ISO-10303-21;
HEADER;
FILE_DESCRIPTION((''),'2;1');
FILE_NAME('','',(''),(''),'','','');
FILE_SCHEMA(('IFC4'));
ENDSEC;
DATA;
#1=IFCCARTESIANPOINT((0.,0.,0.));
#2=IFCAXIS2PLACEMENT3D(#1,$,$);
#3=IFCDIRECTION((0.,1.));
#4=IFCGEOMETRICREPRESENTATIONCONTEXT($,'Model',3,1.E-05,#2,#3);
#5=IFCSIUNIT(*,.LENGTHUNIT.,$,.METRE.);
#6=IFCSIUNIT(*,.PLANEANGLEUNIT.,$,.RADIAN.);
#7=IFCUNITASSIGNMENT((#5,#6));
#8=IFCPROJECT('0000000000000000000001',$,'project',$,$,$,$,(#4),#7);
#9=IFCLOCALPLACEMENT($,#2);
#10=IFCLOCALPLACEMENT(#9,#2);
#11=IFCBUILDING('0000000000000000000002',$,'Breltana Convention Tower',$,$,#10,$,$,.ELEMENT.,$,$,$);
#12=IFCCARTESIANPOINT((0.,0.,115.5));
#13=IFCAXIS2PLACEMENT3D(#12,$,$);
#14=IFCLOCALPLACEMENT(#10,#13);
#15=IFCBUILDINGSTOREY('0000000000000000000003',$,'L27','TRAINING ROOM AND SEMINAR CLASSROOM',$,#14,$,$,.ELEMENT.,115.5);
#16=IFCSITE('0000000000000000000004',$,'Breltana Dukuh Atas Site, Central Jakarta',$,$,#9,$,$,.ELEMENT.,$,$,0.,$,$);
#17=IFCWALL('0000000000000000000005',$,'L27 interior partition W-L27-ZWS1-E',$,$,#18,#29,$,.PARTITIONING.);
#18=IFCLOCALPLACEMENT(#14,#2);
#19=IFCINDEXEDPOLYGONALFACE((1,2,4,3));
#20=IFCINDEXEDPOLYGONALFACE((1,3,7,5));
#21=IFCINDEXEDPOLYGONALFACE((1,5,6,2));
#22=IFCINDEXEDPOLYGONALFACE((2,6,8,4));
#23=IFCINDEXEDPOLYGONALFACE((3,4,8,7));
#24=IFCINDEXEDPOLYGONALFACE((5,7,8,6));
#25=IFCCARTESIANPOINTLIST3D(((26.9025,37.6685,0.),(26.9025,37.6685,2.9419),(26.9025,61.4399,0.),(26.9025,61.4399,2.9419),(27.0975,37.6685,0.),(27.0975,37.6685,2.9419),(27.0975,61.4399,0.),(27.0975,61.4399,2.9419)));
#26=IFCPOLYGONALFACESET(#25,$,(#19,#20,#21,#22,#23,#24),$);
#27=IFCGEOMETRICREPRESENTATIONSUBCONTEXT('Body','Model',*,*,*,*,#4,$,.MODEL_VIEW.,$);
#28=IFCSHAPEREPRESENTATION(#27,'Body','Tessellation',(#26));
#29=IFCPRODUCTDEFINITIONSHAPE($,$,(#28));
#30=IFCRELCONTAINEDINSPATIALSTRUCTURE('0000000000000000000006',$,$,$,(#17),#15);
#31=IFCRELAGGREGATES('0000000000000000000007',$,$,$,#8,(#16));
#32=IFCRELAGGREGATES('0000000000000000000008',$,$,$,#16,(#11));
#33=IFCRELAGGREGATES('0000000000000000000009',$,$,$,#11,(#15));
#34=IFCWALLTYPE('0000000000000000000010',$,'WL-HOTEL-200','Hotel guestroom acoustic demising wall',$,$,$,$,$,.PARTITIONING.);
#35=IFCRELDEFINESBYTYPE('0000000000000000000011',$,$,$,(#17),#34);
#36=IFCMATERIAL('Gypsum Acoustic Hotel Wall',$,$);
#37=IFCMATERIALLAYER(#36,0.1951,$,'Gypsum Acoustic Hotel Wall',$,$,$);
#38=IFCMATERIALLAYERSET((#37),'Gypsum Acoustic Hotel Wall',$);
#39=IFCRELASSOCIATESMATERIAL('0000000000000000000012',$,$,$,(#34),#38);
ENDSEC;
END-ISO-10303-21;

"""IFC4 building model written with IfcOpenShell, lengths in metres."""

from ifc_helpers import new_model, si_unit, direction, frame, frame_2d, origin, place, context, subcontext, project, spatial, rectangle, extrude, source, transform, mapped, material, layer, layer_set, type_object, element, save


model = new_model("IFC4")

# Units and contexts
model_context = context("Model", 3, precision=1e-05, world=origin(), true_north=direction((0.0, 1.0)))
body_context = subcontext(model_context, "Body", "Model", "MODEL_VIEW")
ifc_project = project(units=[si_unit("LENGTHUNIT", "METRE"), si_unit("PLANEANGLEUNIT", "RADIAN")], contexts=[model_context])

# Site, building, storey
site_placement = place(None, origin())
site = spatial("IfcSite", under=ifc_project, at=site_placement, Name="Breltana Dukuh Atas Site, Central Jakarta", CompositionType="ELEMENT", RefElevation=0.0)
building_placement = place(site_placement, origin())
building = spatial("IfcBuilding", under=site, at=building_placement, Name="Breltana Convention Tower", CompositionType="ELEMENT")
storey_placement = place(building_placement, frame((0.0, 0.0, 115.5)))
storey = spatial("IfcBuildingStorey", under=building, at=storey_placement, Name="L27", Description="TRAINING ROOM AND SEMINAR CLASSROOM", CompositionType="ELEMENT", Elevation=115.5)

# Wall
ifc_material_1 = material(Name="Gypsum Acoustic Hotel Wall")
ifc_layer_1 = layer(ifc_material_1, 0.1951, Name="Gypsum Acoustic Hotel Wall")
ifc_layer_set_1 = layer_set([ifc_layer_1], Name="Gypsum Acoustic Hotel Wall")
wall_type_1 = type_object("IfcWallType", Name="WL-HOTEL-200", Description="Hotel guestroom acoustic demising wall", PredefinedType="PARTITIONING", material=ifc_layer_set_1)
shared_shape_1 = source(origin(), body_context, "Body", "SweptSolid", [
    extrude(rectangle(XDim=23.7715, YDim=0.1951, at=frame_2d((11.8857, 0.0))), origin(), (0.0, 0.0, 1.0), 2.9419),
])
wall_1_placement = place(storey_placement, frame((27.0, 37.6685, 0.0), z_axis=(0.0, 0.0, 1.0), x_axis=(0.0, 1.0, 0.0)))
element("IfcWall", 1, at=wall_1_placement, inside=storey, type_object=wall_type_1, Name="L27 interior partition W-L27-ZWS1-E", PredefinedType="PARTITIONING", context=body_context, shape_type="MappedRepresentation", body=[
    mapped(shared_shape_1, transform((0.0, 0.0, 0.0), scale=1.0)),
])

save(model, "model.ifc")
